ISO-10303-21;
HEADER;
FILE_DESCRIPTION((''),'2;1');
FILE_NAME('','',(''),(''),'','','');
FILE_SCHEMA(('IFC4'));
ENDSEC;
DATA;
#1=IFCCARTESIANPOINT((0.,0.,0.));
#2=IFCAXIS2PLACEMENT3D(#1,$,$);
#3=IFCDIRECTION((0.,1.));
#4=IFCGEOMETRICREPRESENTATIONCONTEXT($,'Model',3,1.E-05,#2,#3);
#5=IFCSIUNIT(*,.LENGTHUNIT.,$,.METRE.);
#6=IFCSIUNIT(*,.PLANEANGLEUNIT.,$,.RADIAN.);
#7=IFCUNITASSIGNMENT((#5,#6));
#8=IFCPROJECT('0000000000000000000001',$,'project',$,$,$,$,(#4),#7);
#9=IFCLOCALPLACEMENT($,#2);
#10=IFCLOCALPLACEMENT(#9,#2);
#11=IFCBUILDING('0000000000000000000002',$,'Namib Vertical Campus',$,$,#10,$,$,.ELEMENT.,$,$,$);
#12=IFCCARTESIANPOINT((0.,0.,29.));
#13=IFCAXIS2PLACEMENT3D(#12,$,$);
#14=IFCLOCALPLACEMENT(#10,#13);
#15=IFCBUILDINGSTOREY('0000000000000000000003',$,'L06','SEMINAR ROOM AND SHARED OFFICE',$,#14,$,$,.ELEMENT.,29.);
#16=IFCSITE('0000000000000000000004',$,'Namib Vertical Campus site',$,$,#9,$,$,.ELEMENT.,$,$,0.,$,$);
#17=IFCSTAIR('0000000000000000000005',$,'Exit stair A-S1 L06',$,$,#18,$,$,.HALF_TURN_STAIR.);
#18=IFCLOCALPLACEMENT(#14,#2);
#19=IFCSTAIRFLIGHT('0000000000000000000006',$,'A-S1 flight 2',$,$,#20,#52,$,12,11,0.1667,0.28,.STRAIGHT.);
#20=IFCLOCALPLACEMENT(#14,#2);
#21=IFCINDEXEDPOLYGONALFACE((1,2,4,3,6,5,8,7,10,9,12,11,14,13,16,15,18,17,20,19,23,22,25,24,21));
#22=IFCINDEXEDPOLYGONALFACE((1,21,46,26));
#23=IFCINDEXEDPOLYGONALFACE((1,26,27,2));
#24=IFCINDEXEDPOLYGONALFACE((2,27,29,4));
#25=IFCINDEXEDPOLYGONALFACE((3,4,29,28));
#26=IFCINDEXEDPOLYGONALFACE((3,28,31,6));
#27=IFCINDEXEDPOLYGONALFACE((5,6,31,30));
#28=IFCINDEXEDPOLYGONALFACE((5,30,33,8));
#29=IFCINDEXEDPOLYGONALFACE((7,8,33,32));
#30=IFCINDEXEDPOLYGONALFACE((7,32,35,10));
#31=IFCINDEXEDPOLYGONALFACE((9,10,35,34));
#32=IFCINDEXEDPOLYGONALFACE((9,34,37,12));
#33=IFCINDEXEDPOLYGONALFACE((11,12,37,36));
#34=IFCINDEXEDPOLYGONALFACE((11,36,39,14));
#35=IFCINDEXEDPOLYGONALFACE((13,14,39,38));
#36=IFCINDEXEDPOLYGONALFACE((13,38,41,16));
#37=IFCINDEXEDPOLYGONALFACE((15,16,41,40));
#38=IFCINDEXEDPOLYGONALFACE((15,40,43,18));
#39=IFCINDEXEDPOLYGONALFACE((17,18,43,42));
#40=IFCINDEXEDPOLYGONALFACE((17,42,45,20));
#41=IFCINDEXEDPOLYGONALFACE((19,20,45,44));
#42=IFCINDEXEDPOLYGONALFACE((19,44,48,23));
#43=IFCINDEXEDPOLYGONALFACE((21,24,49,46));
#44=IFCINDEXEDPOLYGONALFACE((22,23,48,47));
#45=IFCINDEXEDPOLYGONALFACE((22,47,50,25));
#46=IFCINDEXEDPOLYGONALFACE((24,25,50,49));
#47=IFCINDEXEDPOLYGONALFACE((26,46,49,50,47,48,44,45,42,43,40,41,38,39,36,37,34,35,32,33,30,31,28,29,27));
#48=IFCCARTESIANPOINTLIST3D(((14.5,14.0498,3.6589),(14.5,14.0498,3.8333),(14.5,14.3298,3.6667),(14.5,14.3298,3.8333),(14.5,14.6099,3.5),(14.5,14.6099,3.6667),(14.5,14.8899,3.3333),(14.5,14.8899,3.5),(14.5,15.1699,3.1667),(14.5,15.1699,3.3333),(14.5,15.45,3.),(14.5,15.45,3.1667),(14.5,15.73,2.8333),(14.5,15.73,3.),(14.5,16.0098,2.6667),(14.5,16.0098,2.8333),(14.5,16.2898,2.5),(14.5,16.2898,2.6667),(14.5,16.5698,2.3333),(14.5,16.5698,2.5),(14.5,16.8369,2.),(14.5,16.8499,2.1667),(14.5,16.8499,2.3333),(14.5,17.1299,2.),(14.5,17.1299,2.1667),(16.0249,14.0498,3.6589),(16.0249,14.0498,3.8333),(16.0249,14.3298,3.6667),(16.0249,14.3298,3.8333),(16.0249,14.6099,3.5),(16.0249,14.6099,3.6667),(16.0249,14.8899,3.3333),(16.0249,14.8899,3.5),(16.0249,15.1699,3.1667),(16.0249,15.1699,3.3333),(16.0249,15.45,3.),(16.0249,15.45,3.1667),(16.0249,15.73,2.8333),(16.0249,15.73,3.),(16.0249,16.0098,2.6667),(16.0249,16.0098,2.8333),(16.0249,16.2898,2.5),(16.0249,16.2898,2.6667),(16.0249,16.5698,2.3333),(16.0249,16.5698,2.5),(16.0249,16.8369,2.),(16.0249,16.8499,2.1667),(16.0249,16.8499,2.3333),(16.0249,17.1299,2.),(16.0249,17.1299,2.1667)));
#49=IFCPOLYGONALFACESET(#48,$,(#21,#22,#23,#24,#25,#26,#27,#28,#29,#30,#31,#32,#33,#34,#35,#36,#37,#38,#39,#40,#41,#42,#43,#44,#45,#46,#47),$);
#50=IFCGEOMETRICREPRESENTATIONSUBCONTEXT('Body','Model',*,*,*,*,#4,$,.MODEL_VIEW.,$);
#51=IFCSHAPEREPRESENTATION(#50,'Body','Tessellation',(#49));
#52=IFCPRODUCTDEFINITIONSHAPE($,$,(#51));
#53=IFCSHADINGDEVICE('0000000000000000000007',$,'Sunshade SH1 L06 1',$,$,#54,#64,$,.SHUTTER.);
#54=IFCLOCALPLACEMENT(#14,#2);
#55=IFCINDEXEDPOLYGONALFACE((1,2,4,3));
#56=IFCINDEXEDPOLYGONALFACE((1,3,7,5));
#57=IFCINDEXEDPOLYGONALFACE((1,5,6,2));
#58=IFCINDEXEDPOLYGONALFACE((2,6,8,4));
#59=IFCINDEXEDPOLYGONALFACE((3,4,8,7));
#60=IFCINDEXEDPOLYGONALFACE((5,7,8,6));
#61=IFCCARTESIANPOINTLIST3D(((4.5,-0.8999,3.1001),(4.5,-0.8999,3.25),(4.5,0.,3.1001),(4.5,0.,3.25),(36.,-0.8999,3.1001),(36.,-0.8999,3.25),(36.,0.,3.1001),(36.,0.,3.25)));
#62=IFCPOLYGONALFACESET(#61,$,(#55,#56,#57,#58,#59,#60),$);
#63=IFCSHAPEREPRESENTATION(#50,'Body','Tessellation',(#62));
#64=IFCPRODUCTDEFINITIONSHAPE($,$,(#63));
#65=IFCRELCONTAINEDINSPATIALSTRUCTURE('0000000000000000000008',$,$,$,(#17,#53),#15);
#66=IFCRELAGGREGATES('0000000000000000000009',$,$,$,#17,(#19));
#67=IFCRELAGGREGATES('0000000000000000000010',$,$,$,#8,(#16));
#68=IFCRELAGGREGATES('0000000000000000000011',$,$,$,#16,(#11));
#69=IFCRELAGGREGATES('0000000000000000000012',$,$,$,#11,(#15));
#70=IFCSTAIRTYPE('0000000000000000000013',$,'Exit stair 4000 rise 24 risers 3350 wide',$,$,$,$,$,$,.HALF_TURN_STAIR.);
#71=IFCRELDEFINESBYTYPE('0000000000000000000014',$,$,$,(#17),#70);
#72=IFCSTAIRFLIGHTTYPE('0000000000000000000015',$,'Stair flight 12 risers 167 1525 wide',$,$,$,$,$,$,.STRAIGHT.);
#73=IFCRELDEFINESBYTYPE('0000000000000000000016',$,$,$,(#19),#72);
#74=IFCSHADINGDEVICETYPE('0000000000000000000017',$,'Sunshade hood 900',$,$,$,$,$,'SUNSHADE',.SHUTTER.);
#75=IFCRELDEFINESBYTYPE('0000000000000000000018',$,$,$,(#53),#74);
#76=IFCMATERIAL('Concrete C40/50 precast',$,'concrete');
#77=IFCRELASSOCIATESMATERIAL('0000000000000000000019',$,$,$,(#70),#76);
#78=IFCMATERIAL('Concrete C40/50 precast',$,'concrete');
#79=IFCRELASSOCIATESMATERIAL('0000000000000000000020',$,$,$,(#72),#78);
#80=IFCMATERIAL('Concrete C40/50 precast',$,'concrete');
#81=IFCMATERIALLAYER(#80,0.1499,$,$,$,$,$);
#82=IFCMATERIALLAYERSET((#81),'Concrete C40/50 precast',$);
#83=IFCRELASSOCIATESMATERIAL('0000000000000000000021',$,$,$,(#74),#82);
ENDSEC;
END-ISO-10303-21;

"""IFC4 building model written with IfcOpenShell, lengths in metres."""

from ifc_helpers import new_model, si_unit, direction, frame, origin, origin_2d, place, context, subcontext, project, spatial, polyline, rectangle, outline, extrude, material, layer, layer_set, type_object, element, aggregate, save


model = new_model("IFC4")

# Units and contexts
model_context = context("Model", 3, precision=1e-05, world=origin(), true_north=direction((0.0, 1.0)))
body_context = subcontext(model_context, "Body", "Model", "MODEL_VIEW")
ifc_project = project(units=[si_unit("LENGTHUNIT", "METRE"), si_unit("PLANEANGLEUNIT", "RADIAN")], contexts=[model_context])

# Site, building, storey
site_placement = place(None, origin())
site = spatial("IfcSite", under=ifc_project, at=site_placement, Name="Namib Vertical Campus site", CompositionType="ELEMENT", RefElevation=0.0)
building_placement = place(site_placement, origin())
building = spatial("IfcBuilding", under=site, at=building_placement, Name="Namib Vertical Campus", CompositionType="ELEMENT")
storey_placement = place(building_placement, frame((0.0, 0.0, 29.0)))
storey = spatial("IfcBuildingStorey", under=building, at=storey_placement, Name="L06", Description="SEMINAR ROOM AND SHARED OFFICE", CompositionType="ELEMENT", Elevation=29.0)

# Stair, stair flight
ifc_material_1 = material(Name="Concrete C40/50 precast", Category="concrete")
stair_type = type_object("IfcStairType", Name="Exit stair 4000 rise 24 risers 3350 wide", PredefinedType="HALF_TURN_STAIR", material=ifc_material_1)
stair_placement = place(storey_placement, origin())
stair = element("IfcStair", 1, at=stair_placement, inside=storey, type_object=stair_type, Name="Exit stair A-S1 L06", PredefinedType="HALF_TURN_STAIR")
ifc_material_2 = material(Name="Concrete C40/50 precast", Category="concrete")
stair_flight_type = type_object("IfcStairFlightType", Name="Stair flight 12 risers 167 1525 wide", PredefinedType="STRAIGHT", material=ifc_material_2)
stair_flight_1_placement = place(storey_placement, frame((15.2625, 17.1299, 2.0), z_axis=(0.0, 0.0, 1.0), x_axis=(0.0, -1.0, 0.0)))
stair_flight_1 = element("IfcStairFlight", 2, at=stair_flight_1_placement, type_object=stair_flight_type, Name="A-S1 flight 2", NumberOfRisers=12, NumberOfTreads=11, PredefinedType="STRAIGHT", RiserHeight=0.1667, TreadLength=0.28, context=body_context, shape_type="SweptSolid", body=[
    extrude(outline(polyline([(0.0, 0.0), (0.0, 0.1667), (0.28, 0.1667), (0.28, 0.3333), (0.5601, 0.3333), (0.5601, 0.5), (0.8401, 0.5), (0.8401, 0.6667), (1.1201, 0.6667), (1.1201, 0.8333), (1.3999, 0.8333), (1.3999, 1.0), (1.6799, 1.0), (1.6799, 1.1667), (1.96, 1.1667), (1.96, 1.3333), (2.24, 1.3333), (2.24, 1.5), (2.52, 1.5), (2.52, 1.6667), (2.8, 1.6667), (2.8, 1.8333), (3.0801, 1.8333), (3.0801, 2.0), (3.0801, 1.6589), (0.293, 0.0), (0.0, 0.0)])), frame((0.0, 0.7625, 0.0), z_axis=(0.0, -1.0, 0.0), x_axis=(1.0, 0.0, 0.0)), (0.0, 0.0, 1.0), 1.5249),
])
aggregate(stair, [stair_flight_1])

# Shading device
ifc_material_3 = material(Name="Concrete C40/50 precast", Category="concrete")
ifc_layer_1 = layer(ifc_material_3, 0.1499)
ifc_layer_set_1 = layer_set([ifc_layer_1], Name="Concrete C40/50 precast")
shading_device_type = type_object("IfcShadingDeviceType", Name="Sunshade hood 900", ElementType="SUNSHADE", PredefinedType="SHUTTER", material=ifc_layer_set_1)
shading_device_placement = place(storey_placement, frame((20.25, -0.45, 3.1001), z_axis=(0.0, 0.0, 1.0), x_axis=(1.0, 0.0, 0.0)))
element("IfcShadingDevice", 3, at=shading_device_placement, inside=storey, type_object=shading_device_type, Name="Sunshade SH1 L06 1", PredefinedType="SHUTTER", context=body_context, shape_type="SweptSolid", body=[
    extrude(rectangle(XDim=31.5, YDim=0.8999, at=origin_2d()), origin(), (0.0, 0.0, 1.0), 0.1499),
])

save(model, "model.ifc")
